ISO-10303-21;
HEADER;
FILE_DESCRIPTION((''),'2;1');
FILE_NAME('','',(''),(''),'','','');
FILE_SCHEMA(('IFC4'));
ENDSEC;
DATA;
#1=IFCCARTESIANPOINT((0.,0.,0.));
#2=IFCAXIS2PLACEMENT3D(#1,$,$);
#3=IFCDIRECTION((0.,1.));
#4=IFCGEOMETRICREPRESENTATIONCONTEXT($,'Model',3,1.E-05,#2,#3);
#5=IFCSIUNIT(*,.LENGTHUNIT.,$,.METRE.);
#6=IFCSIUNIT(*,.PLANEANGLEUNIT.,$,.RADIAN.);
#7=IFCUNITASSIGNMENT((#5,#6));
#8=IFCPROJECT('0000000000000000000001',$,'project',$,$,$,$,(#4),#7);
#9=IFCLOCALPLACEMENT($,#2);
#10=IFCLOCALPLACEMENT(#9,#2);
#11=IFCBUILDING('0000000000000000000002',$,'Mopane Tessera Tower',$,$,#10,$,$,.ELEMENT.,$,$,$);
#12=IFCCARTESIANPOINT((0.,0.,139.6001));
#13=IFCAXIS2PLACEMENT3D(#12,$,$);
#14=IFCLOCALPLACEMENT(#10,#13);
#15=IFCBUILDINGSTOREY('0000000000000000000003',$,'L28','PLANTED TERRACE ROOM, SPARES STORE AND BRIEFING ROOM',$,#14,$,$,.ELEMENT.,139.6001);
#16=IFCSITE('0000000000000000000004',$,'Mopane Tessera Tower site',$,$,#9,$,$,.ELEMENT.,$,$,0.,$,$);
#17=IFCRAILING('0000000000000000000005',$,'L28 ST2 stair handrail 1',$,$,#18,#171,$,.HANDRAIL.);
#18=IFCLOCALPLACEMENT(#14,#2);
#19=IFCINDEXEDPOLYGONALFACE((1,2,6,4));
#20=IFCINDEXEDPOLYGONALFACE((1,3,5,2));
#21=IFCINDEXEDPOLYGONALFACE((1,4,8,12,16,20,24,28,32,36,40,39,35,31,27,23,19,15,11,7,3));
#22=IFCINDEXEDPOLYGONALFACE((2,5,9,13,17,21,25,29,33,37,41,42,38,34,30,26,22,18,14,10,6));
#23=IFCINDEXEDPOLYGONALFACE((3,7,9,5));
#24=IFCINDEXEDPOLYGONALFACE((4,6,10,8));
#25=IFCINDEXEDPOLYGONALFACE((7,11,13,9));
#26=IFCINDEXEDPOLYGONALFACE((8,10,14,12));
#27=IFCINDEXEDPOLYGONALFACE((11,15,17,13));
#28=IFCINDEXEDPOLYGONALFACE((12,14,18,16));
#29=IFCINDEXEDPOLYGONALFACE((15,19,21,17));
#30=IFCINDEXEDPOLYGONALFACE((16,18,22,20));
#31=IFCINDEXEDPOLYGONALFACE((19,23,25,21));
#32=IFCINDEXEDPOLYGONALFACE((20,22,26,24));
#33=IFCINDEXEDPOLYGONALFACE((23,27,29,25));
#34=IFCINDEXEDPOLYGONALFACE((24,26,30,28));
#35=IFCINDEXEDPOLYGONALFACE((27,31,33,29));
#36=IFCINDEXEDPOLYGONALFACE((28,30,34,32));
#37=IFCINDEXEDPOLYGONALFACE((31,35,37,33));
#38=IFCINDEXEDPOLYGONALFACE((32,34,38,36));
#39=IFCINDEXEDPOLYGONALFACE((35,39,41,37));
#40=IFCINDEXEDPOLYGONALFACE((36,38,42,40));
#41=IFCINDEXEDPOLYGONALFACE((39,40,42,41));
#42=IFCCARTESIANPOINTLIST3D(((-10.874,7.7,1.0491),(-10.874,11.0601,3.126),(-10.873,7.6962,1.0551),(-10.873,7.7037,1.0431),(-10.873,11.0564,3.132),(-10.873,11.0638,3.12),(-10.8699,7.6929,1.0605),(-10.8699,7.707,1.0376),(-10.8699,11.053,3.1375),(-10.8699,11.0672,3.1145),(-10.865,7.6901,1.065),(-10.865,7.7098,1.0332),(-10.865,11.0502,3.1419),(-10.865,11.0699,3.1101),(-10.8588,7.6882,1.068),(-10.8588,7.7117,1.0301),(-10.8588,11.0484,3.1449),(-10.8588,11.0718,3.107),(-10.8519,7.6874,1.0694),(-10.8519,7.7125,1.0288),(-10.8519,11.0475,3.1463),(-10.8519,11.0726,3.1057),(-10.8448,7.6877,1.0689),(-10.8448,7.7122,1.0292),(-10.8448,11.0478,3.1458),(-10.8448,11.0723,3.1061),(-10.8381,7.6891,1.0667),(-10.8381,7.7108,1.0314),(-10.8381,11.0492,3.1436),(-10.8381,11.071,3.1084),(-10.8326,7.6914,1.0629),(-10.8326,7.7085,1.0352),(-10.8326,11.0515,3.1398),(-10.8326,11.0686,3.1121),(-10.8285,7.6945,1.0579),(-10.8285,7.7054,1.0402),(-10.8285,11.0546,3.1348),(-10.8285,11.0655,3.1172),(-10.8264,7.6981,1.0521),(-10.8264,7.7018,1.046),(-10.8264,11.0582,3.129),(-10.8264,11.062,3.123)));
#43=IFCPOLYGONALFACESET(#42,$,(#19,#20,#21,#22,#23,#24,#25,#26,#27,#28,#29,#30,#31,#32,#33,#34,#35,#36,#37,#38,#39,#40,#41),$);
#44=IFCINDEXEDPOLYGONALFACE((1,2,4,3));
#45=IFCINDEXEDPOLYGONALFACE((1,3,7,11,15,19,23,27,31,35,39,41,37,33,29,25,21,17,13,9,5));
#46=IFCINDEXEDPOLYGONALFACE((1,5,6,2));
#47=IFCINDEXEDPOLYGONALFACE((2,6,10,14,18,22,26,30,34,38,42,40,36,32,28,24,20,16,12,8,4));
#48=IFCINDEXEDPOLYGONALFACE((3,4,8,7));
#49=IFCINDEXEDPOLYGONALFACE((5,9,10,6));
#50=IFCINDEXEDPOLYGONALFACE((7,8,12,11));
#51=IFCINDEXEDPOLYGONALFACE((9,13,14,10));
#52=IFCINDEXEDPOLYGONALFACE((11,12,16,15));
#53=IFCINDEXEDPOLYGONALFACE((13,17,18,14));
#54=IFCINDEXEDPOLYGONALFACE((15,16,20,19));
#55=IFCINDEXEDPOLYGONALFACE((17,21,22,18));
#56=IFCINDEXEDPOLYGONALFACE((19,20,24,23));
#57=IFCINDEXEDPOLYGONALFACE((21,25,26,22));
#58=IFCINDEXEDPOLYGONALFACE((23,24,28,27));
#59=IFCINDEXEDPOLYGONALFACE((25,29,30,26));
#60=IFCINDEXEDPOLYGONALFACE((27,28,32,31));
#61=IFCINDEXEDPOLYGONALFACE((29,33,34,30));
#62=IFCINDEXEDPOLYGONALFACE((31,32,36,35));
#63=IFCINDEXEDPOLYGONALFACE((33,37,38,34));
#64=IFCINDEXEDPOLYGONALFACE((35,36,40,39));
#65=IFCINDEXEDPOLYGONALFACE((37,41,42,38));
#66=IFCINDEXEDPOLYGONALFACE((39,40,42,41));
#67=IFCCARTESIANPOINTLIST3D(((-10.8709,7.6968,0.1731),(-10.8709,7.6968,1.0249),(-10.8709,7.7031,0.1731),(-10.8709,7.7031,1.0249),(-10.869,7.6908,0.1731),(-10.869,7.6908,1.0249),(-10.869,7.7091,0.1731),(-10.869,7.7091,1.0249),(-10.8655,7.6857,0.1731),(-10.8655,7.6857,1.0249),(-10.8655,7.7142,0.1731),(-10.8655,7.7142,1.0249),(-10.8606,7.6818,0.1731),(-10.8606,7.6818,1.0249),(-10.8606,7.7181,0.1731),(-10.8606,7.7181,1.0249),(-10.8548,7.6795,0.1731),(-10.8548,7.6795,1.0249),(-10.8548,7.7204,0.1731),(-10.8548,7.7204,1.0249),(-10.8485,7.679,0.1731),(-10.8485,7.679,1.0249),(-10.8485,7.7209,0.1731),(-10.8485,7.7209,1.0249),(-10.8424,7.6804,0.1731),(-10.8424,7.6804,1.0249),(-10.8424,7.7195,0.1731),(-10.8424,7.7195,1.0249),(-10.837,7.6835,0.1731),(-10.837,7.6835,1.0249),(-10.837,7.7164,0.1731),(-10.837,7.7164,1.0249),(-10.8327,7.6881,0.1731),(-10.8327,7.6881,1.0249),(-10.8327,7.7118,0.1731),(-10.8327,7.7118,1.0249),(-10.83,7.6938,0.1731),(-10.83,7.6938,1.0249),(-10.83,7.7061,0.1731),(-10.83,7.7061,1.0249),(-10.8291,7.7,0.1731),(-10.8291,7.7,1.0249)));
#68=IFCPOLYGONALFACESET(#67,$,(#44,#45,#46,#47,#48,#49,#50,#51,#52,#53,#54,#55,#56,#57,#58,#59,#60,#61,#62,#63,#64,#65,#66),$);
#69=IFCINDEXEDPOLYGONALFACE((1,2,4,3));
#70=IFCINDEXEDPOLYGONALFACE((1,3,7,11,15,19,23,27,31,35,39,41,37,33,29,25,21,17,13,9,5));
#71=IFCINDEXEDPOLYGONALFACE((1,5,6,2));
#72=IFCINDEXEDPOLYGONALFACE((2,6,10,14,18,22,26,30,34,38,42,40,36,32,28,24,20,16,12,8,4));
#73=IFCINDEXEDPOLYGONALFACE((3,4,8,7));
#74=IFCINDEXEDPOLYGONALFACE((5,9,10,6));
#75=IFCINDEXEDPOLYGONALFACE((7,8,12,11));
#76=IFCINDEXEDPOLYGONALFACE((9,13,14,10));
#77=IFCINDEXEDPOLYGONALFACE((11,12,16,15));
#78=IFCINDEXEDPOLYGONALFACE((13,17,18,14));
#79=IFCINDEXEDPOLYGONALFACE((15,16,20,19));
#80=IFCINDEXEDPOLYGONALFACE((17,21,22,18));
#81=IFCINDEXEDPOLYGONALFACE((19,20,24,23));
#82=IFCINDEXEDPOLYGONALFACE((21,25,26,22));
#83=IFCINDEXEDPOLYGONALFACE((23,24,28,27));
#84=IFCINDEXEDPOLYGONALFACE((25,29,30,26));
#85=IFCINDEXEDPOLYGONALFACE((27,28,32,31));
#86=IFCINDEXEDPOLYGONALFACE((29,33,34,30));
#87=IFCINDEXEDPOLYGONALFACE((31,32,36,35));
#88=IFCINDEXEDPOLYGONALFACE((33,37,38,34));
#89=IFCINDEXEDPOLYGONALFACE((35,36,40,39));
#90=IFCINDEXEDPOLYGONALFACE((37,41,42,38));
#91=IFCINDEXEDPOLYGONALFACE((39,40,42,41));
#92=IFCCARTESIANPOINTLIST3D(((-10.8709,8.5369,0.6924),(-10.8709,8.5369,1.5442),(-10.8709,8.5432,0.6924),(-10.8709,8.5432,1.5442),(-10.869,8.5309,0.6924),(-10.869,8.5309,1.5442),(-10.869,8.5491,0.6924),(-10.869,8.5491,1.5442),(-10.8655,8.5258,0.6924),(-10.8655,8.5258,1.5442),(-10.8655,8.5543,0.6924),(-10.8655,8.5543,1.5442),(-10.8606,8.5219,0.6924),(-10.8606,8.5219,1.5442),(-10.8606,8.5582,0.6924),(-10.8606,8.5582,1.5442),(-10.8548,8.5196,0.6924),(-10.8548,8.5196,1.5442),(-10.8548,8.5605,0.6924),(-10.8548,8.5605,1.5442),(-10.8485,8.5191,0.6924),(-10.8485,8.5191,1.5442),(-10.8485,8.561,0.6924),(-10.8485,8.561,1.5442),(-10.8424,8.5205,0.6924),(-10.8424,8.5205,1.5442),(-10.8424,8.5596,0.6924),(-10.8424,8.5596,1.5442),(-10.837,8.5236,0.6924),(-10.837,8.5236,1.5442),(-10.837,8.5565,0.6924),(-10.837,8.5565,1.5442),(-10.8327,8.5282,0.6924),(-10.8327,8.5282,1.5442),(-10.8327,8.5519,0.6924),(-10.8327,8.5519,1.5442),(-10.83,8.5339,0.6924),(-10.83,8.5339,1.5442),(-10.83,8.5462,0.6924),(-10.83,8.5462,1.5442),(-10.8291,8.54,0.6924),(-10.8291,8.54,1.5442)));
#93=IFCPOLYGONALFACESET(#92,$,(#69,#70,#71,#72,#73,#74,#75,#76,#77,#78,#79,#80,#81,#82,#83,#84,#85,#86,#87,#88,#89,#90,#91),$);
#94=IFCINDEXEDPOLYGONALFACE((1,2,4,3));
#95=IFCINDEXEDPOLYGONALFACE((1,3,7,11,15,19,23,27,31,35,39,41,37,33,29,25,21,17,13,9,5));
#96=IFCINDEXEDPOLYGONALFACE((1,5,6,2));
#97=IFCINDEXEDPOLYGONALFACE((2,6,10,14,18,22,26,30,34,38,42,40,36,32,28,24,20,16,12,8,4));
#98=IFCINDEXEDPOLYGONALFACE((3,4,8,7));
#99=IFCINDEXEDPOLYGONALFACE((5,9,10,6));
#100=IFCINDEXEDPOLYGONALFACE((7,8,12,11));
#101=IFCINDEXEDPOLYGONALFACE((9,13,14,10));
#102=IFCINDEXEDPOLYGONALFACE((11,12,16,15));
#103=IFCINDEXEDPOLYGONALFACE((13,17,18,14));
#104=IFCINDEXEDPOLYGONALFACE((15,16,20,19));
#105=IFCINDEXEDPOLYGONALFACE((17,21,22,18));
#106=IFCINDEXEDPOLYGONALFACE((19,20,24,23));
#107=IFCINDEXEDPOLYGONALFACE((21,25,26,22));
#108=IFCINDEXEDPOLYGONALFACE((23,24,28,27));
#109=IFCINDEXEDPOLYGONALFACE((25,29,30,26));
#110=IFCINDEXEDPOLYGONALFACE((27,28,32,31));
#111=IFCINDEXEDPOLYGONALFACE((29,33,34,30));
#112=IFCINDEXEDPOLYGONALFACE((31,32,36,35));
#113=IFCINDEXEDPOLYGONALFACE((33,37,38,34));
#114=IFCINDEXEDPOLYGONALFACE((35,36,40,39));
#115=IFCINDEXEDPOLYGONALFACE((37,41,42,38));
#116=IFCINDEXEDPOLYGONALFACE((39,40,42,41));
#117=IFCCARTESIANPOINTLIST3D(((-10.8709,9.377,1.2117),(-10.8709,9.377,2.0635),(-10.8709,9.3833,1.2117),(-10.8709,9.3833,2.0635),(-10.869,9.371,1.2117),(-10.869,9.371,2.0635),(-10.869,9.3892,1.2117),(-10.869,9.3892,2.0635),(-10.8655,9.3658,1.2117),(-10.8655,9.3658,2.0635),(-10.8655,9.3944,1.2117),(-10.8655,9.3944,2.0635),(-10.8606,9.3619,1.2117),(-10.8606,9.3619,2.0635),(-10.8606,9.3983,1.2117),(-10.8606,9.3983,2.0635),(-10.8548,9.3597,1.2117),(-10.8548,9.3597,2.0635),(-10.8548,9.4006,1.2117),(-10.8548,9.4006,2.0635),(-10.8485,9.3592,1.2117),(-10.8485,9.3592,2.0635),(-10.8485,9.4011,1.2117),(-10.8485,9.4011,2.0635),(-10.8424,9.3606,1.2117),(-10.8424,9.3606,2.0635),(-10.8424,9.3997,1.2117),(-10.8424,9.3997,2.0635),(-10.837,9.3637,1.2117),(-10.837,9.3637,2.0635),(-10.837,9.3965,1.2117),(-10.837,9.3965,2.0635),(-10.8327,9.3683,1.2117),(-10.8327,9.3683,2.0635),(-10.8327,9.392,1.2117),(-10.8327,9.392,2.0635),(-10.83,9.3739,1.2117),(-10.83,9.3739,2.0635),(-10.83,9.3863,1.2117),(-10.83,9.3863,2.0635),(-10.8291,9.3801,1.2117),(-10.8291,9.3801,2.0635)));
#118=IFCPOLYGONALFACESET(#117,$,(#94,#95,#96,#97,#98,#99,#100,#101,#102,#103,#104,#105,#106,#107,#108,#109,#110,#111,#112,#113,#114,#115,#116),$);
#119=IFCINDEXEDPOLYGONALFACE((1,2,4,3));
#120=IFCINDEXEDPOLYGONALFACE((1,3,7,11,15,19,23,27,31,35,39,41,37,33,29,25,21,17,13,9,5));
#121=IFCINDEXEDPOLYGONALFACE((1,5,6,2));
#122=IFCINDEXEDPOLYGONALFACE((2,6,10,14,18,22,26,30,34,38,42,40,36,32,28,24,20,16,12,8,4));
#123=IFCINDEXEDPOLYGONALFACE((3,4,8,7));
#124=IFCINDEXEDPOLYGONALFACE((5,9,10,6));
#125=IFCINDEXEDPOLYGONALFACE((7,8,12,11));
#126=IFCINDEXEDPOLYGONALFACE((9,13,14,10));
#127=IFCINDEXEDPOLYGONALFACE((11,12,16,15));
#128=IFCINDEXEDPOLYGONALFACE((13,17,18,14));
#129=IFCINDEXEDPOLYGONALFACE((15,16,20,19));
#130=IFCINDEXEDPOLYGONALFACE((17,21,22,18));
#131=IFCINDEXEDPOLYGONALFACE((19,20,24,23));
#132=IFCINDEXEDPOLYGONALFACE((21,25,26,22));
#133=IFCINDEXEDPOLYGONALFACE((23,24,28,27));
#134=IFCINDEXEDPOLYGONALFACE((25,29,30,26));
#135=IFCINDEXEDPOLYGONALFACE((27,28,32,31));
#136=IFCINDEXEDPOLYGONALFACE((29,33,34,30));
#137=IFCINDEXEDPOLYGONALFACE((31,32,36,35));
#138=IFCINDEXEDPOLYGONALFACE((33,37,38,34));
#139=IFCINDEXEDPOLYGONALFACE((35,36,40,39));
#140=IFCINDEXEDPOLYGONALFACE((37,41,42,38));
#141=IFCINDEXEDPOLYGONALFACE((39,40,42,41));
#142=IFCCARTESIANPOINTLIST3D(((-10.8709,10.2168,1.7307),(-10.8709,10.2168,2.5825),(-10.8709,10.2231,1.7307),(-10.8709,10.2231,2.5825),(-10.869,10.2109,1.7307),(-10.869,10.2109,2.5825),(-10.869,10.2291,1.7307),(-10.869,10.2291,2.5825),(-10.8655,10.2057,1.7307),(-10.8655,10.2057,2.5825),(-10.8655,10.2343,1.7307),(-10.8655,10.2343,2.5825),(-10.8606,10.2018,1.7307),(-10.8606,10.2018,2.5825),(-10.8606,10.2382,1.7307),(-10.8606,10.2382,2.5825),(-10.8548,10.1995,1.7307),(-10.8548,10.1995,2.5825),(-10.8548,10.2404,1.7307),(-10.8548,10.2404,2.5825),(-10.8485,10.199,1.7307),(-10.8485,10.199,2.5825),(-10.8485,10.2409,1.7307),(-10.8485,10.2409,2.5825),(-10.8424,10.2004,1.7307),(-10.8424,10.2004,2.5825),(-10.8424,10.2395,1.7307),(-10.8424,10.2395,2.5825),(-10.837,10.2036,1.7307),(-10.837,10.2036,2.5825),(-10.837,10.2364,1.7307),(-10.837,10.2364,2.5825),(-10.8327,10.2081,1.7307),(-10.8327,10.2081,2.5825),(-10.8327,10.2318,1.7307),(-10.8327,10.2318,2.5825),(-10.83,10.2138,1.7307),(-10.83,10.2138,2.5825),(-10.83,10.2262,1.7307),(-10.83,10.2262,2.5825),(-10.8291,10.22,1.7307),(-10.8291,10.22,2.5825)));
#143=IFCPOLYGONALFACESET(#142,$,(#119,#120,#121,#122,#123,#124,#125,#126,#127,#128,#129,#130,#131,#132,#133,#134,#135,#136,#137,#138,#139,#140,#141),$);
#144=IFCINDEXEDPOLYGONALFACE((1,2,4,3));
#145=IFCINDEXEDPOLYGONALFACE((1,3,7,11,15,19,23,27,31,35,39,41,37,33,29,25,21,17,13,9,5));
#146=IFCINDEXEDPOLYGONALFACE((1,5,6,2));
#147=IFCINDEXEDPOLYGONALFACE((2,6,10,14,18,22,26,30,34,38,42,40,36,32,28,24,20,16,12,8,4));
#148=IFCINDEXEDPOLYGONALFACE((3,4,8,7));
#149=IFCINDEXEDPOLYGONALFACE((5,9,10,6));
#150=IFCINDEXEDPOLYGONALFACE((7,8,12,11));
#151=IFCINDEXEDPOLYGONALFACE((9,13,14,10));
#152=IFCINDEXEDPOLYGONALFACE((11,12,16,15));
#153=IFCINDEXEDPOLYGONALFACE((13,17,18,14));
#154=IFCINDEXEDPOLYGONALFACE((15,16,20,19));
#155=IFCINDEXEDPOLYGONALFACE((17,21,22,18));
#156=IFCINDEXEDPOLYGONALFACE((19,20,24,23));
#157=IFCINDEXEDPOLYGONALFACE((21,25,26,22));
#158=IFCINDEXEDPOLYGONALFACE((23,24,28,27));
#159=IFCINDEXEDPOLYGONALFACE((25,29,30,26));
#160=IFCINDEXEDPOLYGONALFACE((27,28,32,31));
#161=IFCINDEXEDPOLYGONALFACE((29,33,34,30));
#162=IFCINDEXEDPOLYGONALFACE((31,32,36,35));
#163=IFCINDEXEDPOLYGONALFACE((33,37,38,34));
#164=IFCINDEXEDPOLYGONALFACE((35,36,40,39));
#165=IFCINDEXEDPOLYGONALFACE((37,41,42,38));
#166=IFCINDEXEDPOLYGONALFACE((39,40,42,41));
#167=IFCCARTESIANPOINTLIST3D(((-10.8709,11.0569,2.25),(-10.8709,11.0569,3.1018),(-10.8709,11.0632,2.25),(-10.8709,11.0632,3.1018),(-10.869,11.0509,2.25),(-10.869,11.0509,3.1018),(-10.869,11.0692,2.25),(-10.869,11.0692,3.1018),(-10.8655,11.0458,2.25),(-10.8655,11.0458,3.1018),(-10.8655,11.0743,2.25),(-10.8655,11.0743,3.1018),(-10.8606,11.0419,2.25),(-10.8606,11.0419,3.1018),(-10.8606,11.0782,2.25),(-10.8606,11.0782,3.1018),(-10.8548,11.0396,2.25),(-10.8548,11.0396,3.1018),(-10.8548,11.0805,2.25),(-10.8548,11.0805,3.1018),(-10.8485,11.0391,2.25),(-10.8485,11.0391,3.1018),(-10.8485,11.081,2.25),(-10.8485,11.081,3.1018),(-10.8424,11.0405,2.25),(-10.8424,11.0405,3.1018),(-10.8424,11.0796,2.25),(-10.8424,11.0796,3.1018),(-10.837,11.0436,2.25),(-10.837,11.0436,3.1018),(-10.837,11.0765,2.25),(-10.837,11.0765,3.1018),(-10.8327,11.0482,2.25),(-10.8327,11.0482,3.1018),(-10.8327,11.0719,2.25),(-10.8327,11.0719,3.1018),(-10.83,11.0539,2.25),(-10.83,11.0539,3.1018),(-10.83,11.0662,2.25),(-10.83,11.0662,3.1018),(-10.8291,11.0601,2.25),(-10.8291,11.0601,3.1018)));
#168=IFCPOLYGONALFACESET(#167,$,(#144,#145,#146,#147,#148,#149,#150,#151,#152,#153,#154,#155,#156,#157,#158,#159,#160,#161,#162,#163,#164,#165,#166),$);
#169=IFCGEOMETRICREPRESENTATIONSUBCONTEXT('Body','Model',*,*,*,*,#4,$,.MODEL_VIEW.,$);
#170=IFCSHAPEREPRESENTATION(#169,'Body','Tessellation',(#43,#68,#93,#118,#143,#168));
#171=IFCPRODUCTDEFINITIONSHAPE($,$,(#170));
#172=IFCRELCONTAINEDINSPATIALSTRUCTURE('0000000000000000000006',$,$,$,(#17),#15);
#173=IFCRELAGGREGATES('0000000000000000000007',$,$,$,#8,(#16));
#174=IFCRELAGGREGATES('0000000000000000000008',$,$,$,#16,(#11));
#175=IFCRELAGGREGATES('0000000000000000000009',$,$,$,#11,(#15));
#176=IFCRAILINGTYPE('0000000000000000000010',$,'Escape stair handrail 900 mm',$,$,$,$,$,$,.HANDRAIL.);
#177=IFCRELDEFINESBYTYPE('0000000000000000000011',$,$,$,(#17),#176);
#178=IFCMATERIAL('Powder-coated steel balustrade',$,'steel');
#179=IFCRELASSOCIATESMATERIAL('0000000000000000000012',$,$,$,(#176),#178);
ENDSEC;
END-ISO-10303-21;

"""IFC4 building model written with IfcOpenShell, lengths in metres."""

from ifc_helpers import new_model, si_unit, direction, frame, origin, origin_2d, place, context, subcontext, project, spatial, circle, extrude, material, type_object, element, save


model = new_model("IFC4")

# Units and contexts
model_context = context("Model", 3, precision=1e-05, world=origin(), true_north=direction((0.0, 1.0)))
body_context = subcontext(model_context, "Body", "Model", "MODEL_VIEW")
ifc_project = project(units=[si_unit("LENGTHUNIT", "METRE"), si_unit("PLANEANGLEUNIT", "RADIAN")], contexts=[model_context])

# Site, building, storey
site_placement = place(None, origin())
site = spatial("IfcSite", under=ifc_project, at=site_placement, Name="Mopane Tessera Tower site", CompositionType="ELEMENT", RefElevation=0.0)
building_placement = place(site_placement, origin())
building = spatial("IfcBuilding", under=site, at=building_placement, Name="Mopane Tessera Tower", CompositionType="ELEMENT")
storey_placement = place(building_placement, frame((0.0, 0.0, 139.6001)))
storey = spatial("IfcBuildingStorey", under=building, at=storey_placement, Name="L28", Description="PLANTED TERRACE ROOM, SPARES STORE AND BRIEFING ROOM", CompositionType="ELEMENT", Elevation=139.6001)

# Railing
ifc_material_1 = material(Name="Powder-coated steel balustrade", Category="steel")
railing_type_1 = type_object("IfcRailingType", Name="Escape stair handrail 900 mm", PredefinedType="HANDRAIL", material=ifc_material_1)
railing_1_placement = place(storey_placement, frame((-10.8501, 7.7, 0.1731)))
element("IfcRailing", 1, at=railing_1_placement, inside=storey, type_object=railing_type_1, Name="L28 ST2 stair handrail 1", PredefinedType="HANDRAIL", context=body_context, shape_type="SweptSolid", body=[
    extrude(circle(Radius=0.0239, at=origin_2d()), frame((0.0, 0.0, 0.876), z_axis=(0.0, 0.850623, 0.525776), x_axis=(-1.0, 0.0, 0.0)), (0.0, 0.0, 1.0), 3.9502),
    extrude(circle(Radius=0.021, at=origin_2d()), origin(), (0.0, 0.0, 1.0), 0.8518),
    extrude(circle(Radius=0.021, at=origin_2d()), frame((0.0, 0.8401, 0.5193)), (0.0, 0.0, 1.0), 0.8518),
    extrude(circle(Radius=0.021, at=origin_2d()), frame((0.0, 1.6802, 1.0386)), (0.0, 0.0, 1.0), 0.8518),
    extrude(circle(Radius=0.021, at=origin_2d()), frame((0.0, 2.52, 1.5576)), (0.0, 0.0, 1.0), 0.8518),
    extrude(circle(Radius=0.021, at=origin_2d()), frame((0.0, 3.3601, 2.0769)), (0.0, 0.0, 1.0), 0.8518),
])

save(model, "model.ifc")
